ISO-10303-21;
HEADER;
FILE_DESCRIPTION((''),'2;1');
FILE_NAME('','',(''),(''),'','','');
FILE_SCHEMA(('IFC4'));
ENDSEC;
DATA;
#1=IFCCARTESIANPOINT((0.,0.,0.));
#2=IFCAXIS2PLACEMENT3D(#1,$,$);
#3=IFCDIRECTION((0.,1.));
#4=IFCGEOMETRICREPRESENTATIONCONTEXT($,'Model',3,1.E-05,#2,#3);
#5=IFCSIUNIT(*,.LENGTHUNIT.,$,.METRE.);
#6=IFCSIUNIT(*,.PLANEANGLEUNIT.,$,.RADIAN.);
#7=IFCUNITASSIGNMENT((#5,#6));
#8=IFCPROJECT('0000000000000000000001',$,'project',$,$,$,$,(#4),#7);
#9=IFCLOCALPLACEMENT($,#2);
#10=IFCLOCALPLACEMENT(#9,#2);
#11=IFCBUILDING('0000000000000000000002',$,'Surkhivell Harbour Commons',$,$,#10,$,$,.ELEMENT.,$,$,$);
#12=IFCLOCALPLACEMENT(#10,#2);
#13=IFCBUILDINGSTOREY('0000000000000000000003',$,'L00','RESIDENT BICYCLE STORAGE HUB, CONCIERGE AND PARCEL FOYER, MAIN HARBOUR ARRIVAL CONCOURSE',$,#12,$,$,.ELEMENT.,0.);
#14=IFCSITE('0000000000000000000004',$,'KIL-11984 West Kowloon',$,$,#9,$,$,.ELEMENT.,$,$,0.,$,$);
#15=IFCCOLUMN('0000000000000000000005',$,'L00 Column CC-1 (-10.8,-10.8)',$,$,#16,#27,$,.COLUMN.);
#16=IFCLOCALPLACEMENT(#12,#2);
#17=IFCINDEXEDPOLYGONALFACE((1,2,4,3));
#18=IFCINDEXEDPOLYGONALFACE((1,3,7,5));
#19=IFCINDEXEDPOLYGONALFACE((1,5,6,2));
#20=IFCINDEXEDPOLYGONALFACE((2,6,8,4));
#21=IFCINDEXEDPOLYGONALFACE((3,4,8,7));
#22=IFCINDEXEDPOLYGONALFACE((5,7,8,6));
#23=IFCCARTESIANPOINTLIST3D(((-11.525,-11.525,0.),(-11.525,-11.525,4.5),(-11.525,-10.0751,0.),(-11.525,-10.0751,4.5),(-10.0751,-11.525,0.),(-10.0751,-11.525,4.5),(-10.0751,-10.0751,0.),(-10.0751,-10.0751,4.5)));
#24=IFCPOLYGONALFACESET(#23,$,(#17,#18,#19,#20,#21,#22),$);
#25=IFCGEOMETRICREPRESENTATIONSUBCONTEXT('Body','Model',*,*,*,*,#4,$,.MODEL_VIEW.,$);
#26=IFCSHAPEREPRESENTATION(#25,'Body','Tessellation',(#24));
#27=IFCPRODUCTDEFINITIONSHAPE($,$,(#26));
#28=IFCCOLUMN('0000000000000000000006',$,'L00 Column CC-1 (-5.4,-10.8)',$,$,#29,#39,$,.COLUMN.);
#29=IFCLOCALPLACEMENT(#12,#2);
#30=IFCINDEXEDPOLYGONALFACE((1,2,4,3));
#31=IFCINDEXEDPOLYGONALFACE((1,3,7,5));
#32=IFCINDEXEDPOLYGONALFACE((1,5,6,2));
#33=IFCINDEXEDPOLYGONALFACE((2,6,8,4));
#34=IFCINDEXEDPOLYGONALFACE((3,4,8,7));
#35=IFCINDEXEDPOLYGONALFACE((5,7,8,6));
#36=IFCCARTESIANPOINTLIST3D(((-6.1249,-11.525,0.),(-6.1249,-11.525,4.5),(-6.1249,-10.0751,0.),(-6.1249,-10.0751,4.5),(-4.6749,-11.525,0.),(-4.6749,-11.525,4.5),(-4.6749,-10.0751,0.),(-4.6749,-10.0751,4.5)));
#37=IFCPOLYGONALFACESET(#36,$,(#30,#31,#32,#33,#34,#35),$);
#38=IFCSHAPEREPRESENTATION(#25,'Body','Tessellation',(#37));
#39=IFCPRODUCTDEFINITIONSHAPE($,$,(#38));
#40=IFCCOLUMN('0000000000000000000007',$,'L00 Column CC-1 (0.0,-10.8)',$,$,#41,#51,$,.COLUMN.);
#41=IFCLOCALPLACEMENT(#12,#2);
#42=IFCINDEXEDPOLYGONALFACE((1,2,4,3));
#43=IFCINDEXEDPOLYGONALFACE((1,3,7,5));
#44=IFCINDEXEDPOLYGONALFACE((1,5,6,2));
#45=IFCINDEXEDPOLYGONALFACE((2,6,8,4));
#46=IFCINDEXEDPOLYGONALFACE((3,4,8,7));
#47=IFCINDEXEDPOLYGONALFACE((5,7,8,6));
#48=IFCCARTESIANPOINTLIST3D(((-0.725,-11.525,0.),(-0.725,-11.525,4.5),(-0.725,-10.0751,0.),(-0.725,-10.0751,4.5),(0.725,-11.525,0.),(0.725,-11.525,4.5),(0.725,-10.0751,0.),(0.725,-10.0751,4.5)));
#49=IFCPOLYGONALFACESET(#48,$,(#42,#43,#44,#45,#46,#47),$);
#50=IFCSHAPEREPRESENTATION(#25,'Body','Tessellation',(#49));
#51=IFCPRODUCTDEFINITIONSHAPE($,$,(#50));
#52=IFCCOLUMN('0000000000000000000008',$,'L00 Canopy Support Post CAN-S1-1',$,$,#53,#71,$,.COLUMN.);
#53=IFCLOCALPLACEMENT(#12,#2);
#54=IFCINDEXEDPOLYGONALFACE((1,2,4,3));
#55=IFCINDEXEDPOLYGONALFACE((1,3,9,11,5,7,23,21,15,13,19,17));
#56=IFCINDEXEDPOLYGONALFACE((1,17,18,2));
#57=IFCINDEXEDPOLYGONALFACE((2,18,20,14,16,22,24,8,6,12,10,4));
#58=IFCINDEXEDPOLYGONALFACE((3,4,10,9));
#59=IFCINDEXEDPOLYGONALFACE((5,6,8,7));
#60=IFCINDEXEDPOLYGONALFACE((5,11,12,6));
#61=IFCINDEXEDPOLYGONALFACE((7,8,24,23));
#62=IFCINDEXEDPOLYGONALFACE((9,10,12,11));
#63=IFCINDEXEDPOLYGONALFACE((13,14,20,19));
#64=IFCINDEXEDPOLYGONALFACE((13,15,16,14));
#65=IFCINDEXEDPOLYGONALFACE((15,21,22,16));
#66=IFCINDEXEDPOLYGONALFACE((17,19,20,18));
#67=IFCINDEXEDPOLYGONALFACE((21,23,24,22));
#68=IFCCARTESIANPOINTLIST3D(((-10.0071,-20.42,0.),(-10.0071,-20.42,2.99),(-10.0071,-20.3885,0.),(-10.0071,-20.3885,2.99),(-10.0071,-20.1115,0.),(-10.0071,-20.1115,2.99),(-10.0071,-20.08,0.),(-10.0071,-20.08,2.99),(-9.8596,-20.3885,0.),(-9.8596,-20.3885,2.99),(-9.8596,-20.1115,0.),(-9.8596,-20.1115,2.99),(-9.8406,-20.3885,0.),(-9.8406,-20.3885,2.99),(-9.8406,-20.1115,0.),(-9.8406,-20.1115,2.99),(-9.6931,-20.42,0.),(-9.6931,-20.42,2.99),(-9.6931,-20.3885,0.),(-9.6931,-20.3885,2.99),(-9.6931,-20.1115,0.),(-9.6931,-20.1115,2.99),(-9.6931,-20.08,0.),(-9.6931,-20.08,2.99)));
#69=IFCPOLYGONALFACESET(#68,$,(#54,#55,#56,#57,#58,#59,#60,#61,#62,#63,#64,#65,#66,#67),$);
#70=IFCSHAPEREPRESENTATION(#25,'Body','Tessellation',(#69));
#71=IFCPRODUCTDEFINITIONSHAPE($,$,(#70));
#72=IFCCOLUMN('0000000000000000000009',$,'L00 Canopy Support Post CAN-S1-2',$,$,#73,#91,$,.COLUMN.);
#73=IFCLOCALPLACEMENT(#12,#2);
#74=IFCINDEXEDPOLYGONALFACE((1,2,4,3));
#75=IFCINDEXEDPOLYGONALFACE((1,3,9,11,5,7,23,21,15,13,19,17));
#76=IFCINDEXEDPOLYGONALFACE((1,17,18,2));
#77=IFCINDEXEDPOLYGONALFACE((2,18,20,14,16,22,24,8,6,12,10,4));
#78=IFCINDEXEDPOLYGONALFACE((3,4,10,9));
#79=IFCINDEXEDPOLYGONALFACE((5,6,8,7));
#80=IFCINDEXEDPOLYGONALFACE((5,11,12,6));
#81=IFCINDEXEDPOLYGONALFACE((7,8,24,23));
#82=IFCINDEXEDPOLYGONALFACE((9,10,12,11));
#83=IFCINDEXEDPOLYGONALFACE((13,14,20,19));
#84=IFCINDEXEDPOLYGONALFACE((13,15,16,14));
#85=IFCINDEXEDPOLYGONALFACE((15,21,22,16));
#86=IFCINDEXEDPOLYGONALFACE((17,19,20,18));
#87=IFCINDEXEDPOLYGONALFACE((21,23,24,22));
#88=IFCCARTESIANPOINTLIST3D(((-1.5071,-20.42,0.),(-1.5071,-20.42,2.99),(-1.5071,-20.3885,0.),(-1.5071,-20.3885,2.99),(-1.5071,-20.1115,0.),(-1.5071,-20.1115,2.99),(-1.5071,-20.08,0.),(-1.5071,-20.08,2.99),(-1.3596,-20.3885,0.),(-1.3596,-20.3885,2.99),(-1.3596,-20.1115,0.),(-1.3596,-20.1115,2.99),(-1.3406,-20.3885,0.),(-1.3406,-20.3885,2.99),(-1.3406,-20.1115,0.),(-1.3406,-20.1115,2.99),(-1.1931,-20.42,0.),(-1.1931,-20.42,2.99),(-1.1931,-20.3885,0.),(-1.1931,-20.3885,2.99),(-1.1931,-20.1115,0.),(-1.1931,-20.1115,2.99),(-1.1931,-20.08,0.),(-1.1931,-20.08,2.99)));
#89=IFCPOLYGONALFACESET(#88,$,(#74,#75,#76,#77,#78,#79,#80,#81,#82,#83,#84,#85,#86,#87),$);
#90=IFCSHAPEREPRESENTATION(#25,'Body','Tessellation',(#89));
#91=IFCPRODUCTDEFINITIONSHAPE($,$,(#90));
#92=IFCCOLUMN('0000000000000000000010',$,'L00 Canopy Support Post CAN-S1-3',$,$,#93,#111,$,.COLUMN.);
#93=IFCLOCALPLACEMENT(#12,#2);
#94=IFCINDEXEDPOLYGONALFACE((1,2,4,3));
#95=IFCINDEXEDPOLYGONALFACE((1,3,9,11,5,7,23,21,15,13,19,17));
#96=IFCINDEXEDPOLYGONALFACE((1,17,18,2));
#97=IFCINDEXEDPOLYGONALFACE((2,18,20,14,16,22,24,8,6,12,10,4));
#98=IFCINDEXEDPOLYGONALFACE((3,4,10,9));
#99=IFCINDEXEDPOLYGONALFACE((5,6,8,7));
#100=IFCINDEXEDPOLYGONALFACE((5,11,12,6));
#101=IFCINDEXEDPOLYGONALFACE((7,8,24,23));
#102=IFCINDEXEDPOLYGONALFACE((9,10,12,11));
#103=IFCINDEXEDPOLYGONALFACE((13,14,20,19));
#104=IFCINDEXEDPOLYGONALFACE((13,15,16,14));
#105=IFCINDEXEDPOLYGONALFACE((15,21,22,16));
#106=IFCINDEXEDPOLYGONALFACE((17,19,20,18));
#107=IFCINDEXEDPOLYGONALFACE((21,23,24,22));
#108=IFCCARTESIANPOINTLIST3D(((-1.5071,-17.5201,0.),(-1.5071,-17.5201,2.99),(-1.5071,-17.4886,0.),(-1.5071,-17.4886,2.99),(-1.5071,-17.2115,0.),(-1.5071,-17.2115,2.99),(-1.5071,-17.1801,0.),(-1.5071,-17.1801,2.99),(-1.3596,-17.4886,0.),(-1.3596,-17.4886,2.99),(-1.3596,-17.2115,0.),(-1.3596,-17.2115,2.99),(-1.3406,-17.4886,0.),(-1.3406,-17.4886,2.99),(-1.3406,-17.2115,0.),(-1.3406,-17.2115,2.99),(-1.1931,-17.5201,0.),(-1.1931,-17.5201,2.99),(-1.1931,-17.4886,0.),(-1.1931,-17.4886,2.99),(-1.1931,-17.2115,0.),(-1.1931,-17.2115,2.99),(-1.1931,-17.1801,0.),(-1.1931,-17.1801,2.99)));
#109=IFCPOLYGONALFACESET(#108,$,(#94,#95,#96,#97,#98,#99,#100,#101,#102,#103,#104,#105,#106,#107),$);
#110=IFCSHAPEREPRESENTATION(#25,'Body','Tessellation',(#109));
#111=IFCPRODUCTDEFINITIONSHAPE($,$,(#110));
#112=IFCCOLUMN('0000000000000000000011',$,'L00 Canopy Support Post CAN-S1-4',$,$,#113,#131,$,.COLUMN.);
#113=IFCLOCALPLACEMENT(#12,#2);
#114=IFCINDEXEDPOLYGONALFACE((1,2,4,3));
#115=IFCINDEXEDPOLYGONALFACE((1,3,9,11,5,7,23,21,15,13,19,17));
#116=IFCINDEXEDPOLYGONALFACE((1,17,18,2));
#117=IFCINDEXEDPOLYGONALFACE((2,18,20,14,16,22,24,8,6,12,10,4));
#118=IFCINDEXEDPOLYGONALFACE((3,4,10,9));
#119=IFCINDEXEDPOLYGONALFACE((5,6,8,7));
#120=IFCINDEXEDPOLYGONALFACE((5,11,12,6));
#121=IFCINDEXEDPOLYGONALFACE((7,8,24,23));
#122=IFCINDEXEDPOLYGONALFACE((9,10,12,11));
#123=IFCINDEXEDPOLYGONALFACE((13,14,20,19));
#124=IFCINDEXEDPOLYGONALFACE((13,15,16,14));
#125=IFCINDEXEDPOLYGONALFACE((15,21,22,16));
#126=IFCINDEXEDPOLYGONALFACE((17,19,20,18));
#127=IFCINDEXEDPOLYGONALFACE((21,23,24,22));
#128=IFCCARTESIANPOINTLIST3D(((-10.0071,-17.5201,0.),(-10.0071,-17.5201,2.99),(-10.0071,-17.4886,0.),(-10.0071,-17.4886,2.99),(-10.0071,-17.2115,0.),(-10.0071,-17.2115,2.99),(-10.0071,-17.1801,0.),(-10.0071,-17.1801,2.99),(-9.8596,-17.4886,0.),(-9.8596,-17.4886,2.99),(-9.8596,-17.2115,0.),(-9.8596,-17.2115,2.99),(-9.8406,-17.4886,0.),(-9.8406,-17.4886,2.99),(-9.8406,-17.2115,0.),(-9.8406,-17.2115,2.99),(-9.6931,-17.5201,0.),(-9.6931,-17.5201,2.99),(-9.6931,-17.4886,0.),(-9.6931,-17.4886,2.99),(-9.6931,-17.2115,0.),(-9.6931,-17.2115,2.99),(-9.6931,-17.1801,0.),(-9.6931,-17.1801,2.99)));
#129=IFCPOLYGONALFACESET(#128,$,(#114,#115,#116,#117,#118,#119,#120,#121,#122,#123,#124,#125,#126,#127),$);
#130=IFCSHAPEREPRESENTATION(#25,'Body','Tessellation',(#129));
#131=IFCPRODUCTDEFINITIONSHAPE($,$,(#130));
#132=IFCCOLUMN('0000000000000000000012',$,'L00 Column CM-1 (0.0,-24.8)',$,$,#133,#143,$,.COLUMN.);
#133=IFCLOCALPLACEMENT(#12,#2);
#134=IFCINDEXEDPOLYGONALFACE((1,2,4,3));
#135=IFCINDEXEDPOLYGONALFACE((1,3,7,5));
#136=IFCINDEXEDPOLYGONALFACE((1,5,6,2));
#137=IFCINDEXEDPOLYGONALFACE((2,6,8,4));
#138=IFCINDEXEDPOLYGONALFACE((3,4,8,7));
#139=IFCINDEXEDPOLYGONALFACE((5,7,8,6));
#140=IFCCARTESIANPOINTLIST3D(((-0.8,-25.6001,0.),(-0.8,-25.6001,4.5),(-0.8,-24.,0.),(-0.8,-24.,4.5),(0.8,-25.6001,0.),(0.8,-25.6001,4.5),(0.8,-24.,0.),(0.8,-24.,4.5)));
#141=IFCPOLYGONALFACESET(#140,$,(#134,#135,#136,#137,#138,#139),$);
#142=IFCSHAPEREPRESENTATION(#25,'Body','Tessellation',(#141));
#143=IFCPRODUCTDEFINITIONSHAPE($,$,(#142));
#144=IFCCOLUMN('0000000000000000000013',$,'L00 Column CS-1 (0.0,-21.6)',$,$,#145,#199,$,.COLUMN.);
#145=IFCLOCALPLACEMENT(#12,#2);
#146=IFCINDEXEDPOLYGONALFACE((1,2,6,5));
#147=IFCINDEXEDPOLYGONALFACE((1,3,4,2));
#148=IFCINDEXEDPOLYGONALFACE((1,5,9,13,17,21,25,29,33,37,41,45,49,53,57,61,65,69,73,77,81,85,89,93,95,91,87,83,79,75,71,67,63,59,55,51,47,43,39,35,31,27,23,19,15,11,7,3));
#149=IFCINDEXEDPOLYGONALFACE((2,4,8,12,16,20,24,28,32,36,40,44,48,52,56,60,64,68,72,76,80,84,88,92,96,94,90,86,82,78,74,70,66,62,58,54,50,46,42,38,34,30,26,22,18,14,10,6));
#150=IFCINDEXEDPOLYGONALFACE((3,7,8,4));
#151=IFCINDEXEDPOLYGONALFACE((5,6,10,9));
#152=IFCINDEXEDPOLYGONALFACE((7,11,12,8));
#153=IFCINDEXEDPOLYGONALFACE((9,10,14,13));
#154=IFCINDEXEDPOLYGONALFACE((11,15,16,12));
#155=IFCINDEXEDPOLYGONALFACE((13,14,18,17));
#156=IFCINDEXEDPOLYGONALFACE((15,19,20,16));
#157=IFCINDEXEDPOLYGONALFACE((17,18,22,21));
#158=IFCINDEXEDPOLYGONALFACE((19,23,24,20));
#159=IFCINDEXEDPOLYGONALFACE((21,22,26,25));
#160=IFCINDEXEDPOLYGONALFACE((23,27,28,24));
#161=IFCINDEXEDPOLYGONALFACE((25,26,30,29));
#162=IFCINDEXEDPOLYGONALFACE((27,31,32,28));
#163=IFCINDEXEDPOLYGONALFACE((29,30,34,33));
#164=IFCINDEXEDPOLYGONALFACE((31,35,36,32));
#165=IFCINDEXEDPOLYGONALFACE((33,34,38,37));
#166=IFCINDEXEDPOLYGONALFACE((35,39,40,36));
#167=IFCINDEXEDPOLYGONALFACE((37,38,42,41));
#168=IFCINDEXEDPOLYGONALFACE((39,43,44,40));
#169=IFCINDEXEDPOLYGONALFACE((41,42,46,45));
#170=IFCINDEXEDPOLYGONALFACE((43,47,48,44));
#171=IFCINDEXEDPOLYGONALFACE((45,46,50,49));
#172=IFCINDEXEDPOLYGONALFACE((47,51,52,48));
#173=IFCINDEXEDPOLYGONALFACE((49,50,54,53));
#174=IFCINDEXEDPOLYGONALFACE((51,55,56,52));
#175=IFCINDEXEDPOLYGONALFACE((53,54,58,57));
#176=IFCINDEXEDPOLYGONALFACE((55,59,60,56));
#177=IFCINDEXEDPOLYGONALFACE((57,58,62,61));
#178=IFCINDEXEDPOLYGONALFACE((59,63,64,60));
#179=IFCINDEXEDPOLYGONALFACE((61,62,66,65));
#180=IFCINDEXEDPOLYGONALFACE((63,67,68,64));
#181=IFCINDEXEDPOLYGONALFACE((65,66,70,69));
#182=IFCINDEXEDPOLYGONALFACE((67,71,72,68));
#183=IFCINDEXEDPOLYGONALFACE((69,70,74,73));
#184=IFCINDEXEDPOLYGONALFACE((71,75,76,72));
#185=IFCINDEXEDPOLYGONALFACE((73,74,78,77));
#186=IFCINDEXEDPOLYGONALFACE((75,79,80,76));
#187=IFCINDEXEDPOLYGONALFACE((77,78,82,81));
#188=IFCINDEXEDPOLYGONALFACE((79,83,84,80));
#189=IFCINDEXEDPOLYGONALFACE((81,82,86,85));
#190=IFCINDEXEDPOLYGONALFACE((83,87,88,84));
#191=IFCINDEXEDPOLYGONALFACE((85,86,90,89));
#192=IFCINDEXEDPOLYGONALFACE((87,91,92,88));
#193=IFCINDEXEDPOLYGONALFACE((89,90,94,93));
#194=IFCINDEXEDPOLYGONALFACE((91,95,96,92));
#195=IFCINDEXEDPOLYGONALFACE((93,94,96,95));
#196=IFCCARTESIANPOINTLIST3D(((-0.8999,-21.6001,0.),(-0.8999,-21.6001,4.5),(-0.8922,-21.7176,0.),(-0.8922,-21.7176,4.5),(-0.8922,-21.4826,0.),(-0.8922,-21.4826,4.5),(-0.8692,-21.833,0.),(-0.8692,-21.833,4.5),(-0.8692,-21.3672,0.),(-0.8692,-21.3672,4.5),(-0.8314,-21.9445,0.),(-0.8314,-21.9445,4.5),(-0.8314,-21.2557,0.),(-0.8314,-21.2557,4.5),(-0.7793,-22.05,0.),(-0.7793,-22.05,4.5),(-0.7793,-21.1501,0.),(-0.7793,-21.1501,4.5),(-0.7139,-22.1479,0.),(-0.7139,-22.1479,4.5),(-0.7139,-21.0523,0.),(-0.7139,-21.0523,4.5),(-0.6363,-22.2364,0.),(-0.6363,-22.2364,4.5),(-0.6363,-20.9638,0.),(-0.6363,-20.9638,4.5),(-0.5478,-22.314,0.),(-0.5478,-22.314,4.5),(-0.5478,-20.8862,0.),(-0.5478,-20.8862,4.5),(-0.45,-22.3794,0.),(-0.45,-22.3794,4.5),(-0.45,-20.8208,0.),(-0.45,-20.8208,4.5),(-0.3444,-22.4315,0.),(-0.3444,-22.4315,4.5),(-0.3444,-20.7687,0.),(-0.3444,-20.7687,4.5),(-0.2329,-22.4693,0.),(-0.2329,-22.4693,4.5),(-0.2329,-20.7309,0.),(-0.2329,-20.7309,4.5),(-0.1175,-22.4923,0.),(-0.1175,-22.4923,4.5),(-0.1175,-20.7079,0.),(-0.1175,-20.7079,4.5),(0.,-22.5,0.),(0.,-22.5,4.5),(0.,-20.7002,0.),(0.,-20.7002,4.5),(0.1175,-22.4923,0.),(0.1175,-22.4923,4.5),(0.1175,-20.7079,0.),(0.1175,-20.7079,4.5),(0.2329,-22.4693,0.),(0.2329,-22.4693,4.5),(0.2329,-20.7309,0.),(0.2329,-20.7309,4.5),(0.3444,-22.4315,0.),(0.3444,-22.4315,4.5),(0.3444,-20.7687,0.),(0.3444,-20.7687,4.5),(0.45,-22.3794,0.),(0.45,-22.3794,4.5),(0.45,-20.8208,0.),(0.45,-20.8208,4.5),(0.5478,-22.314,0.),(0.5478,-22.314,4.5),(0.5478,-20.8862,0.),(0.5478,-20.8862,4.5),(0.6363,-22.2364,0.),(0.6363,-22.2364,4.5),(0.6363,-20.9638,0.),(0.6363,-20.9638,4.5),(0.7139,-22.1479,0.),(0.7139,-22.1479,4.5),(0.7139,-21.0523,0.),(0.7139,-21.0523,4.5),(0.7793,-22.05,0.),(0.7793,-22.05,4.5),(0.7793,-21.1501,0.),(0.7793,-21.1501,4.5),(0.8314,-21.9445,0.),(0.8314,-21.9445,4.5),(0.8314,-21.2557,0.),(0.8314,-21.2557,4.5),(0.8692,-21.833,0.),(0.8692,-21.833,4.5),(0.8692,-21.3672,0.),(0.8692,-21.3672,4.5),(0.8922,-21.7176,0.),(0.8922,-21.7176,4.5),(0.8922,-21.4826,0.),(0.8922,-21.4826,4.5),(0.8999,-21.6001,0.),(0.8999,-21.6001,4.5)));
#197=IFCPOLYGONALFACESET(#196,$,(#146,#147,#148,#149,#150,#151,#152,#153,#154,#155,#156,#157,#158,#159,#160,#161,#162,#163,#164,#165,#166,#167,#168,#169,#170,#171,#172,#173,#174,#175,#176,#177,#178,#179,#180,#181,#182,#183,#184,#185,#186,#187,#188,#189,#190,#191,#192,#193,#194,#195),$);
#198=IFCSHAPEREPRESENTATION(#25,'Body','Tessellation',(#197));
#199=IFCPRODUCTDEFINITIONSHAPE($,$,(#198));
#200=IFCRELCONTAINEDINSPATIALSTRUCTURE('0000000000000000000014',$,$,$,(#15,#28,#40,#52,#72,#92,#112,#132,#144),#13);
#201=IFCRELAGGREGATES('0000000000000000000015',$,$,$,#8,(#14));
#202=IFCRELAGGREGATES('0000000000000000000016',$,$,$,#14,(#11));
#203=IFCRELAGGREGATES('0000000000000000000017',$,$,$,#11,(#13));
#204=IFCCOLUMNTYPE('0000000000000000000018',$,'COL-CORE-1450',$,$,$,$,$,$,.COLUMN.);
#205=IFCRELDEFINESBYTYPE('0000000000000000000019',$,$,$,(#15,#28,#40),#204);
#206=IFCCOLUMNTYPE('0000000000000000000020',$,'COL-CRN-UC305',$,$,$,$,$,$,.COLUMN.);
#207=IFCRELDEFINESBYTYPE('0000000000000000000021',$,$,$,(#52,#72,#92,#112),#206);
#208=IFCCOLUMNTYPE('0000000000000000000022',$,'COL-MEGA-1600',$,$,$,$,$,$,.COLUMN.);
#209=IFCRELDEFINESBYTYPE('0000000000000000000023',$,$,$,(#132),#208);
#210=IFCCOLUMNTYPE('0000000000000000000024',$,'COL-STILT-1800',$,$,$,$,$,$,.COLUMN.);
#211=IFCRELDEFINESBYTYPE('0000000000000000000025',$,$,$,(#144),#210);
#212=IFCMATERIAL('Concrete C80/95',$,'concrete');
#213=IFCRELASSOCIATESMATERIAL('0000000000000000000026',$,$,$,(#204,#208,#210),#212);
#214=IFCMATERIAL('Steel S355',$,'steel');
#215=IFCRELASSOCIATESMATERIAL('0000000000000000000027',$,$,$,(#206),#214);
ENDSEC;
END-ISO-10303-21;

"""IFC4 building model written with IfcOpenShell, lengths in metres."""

from ifc_helpers import new_model, si_unit, direction, frame, origin, origin_2d, place, context, subcontext, project, spatial, rectangle, circle, i_section, extrude, material, material_profile, profile_set, type_object, element, save


model = new_model("IFC4")

# Units and contexts
model_context = context("Model", 3, precision=1e-05, world=origin(), true_north=direction((0.0, 1.0)))
body_context = subcontext(model_context, "Body", "Model", "MODEL_VIEW")
ifc_project = project(units=[si_unit("LENGTHUNIT", "METRE"), si_unit("PLANEANGLEUNIT", "RADIAN")], contexts=[model_context])

# Site, building, storey
site_placement = place(None, origin())
site = spatial("IfcSite", under=ifc_project, at=site_placement, Name="KIL-11984 West Kowloon", CompositionType="ELEMENT", RefElevation=0.0)
building_placement = place(site_placement, origin())
building = spatial("IfcBuilding", under=site, at=building_placement, Name="Surkhivell Harbour Commons", CompositionType="ELEMENT")
storey_placement = place(building_placement, origin())
storey = spatial("IfcBuildingStorey", under=building, at=storey_placement, Name="L00", Description="RESIDENT BICYCLE STORAGE HUB, CONCIERGE AND PARCEL FOYER, MAIN HARBOUR ARRIVAL CONCOURSE", CompositionType="ELEMENT", Elevation=0.0)

# Columns
ifc_material_1 = material(Name="Concrete C80/95", Category="concrete")
ifc_material_profile_1 = material_profile(ifc_material_1, rectangle(XDim=1.45, YDim=1.45, at=origin_2d()), Name="RC-COL-1450x1450")
ifc_profile_set_1 = profile_set([ifc_material_profile_1], Name="Concrete C80/95")
column_type_1 = type_object("IfcColumnType", Name="COL-CORE-1450", PredefinedType="COLUMN", material=ifc_profile_set_1)
for number, where, z_axis, x_axis, name in (
    (1, (-10.8, -10.8, 0.0), (0.0, 0.0, 1.0), (1.0, 0.0, 0.0), "L00 Column CC-1 (-10.8,-10.8)"),
    (2, (-5.3999, -10.8, 0.0), (0.0, 0.0, 1.0), (1.0, 0.0, 0.0), "L00 Column CC-1 (-5.4,-10.8)"),
    (3, (0.0, -10.8, 0.0), (0.0, 0.0, 1.0), (1.0, 0.0, 0.0), "L00 Column CC-1 (0.0,-10.8)"),
):
    element("IfcColumn", number, at=place(storey_placement, frame(where, z_axis=z_axis, x_axis=x_axis)), inside=storey, type_object=column_type_1, Name=name, PredefinedType="COLUMN", context=body_context, shape_type="SweptSolid", body=[
        extrude(rectangle(XDim=1.45, YDim=1.45, at=origin_2d()), origin(), (0.0, 0.0, 1.0), 4.5),
    ])
ifc_material_2 = material(Name="Steel S355", Category="steel")
ifc_material_profile_2 = material_profile(ifc_material_2, i_section(OverallWidth=0.314, OverallDepth=0.3401, WebThickness=0.019, FlangeThickness=0.0315, at=origin_2d()), Name="UC305x305x198")
ifc_profile_set_2 = profile_set([ifc_material_profile_2], Name="Steel S355")
column_type_2 = type_object("IfcColumnType", Name="COL-CRN-UC305", PredefinedType="COLUMN", material=ifc_profile_set_2)
for number, where, z_axis, x_axis, name in (
    (4, (-9.8501, -20.25, 0.0), (0.0, 0.0, 1.0), (1.0, 0.0, 0.0), "L00 Canopy Support Post CAN-S1-1"),
    (5, (-1.3501, -20.25, 0.0), (0.0, 0.0, 1.0), (1.0, 0.0, 0.0), "L00 Canopy Support Post CAN-S1-2"),
    (6, (-1.3501, -17.3501, 0.0), (0.0, 0.0, 1.0), (1.0, 0.0, 0.0), "L00 Canopy Support Post CAN-S1-3"),
    (7, (-9.8501, -17.3501, 0.0), (0.0, 0.0, 1.0), (1.0, 0.0, 0.0), "L00 Canopy Support Post CAN-S1-4"),
):
    element("IfcColumn", number, at=place(storey_placement, frame(where, z_axis=z_axis, x_axis=x_axis)), inside=storey, type_object=column_type_2, Name=name, PredefinedType="COLUMN", context=body_context, shape_type="SweptSolid", body=[
        extrude(i_section(OverallWidth=0.314, OverallDepth=0.3401, WebThickness=0.019, FlangeThickness=0.0315, at=origin_2d()), origin(), (0.0, 0.0, 1.0), 2.99),
    ])
ifc_material_profile_3 = material_profile(ifc_material_1, rectangle(XDim=1.6001, YDim=1.6001, at=origin_2d()), Name="RC-COL-1600x1600")
ifc_profile_set_3 = profile_set([ifc_material_profile_3], Name="Concrete C80/95")
column_type_3 = type_object("IfcColumnType", Name="COL-MEGA-1600", PredefinedType="COLUMN", material=ifc_profile_set_3)
column_1_placement = place(storey_placement, frame((0.0, -24.8, 0.0), z_axis=(0.0, 0.0, 1.0), x_axis=(1.0, 0.0, 0.0)))
element("IfcColumn", 8, at=column_1_placement, inside=storey, type_object=column_type_3, Name="L00 Column CM-1 (0.0,-24.8)", PredefinedType="COLUMN", context=body_context, shape_type="SweptSolid", body=[
    extrude(rectangle(XDim=1.6001, YDim=1.6001, at=origin_2d()), origin(), (0.0, 0.0, 1.0), 4.5),
])
ifc_material_profile_4 = material_profile(ifc_material_1, circle(Radius=0.8999, at=origin_2d()), Name="RC-CIRC-1800")
ifc_profile_set_4 = profile_set([ifc_material_profile_4], Name="Concrete C80/95")
column_type_4 = type_object("IfcColumnType", Name="COL-STILT-1800", PredefinedType="COLUMN", material=ifc_profile_set_4)
column_2_placement = place(storey_placement, frame((0.0, -21.6001, 0.0), z_axis=(0.0, 0.0, 1.0), x_axis=(1.0, 0.0, 0.0)))
element("IfcColumn", 9, at=column_2_placement, inside=storey, type_object=column_type_4, Name="L00 Column CS-1 (0.0,-21.6)", PredefinedType="COLUMN", context=body_context, shape_type="SweptSolid", body=[
    extrude(circle(Radius=0.8999, at=origin_2d()), origin(), (0.0, 0.0, 1.0), 4.5),
])

save(model, "model.ifc")
